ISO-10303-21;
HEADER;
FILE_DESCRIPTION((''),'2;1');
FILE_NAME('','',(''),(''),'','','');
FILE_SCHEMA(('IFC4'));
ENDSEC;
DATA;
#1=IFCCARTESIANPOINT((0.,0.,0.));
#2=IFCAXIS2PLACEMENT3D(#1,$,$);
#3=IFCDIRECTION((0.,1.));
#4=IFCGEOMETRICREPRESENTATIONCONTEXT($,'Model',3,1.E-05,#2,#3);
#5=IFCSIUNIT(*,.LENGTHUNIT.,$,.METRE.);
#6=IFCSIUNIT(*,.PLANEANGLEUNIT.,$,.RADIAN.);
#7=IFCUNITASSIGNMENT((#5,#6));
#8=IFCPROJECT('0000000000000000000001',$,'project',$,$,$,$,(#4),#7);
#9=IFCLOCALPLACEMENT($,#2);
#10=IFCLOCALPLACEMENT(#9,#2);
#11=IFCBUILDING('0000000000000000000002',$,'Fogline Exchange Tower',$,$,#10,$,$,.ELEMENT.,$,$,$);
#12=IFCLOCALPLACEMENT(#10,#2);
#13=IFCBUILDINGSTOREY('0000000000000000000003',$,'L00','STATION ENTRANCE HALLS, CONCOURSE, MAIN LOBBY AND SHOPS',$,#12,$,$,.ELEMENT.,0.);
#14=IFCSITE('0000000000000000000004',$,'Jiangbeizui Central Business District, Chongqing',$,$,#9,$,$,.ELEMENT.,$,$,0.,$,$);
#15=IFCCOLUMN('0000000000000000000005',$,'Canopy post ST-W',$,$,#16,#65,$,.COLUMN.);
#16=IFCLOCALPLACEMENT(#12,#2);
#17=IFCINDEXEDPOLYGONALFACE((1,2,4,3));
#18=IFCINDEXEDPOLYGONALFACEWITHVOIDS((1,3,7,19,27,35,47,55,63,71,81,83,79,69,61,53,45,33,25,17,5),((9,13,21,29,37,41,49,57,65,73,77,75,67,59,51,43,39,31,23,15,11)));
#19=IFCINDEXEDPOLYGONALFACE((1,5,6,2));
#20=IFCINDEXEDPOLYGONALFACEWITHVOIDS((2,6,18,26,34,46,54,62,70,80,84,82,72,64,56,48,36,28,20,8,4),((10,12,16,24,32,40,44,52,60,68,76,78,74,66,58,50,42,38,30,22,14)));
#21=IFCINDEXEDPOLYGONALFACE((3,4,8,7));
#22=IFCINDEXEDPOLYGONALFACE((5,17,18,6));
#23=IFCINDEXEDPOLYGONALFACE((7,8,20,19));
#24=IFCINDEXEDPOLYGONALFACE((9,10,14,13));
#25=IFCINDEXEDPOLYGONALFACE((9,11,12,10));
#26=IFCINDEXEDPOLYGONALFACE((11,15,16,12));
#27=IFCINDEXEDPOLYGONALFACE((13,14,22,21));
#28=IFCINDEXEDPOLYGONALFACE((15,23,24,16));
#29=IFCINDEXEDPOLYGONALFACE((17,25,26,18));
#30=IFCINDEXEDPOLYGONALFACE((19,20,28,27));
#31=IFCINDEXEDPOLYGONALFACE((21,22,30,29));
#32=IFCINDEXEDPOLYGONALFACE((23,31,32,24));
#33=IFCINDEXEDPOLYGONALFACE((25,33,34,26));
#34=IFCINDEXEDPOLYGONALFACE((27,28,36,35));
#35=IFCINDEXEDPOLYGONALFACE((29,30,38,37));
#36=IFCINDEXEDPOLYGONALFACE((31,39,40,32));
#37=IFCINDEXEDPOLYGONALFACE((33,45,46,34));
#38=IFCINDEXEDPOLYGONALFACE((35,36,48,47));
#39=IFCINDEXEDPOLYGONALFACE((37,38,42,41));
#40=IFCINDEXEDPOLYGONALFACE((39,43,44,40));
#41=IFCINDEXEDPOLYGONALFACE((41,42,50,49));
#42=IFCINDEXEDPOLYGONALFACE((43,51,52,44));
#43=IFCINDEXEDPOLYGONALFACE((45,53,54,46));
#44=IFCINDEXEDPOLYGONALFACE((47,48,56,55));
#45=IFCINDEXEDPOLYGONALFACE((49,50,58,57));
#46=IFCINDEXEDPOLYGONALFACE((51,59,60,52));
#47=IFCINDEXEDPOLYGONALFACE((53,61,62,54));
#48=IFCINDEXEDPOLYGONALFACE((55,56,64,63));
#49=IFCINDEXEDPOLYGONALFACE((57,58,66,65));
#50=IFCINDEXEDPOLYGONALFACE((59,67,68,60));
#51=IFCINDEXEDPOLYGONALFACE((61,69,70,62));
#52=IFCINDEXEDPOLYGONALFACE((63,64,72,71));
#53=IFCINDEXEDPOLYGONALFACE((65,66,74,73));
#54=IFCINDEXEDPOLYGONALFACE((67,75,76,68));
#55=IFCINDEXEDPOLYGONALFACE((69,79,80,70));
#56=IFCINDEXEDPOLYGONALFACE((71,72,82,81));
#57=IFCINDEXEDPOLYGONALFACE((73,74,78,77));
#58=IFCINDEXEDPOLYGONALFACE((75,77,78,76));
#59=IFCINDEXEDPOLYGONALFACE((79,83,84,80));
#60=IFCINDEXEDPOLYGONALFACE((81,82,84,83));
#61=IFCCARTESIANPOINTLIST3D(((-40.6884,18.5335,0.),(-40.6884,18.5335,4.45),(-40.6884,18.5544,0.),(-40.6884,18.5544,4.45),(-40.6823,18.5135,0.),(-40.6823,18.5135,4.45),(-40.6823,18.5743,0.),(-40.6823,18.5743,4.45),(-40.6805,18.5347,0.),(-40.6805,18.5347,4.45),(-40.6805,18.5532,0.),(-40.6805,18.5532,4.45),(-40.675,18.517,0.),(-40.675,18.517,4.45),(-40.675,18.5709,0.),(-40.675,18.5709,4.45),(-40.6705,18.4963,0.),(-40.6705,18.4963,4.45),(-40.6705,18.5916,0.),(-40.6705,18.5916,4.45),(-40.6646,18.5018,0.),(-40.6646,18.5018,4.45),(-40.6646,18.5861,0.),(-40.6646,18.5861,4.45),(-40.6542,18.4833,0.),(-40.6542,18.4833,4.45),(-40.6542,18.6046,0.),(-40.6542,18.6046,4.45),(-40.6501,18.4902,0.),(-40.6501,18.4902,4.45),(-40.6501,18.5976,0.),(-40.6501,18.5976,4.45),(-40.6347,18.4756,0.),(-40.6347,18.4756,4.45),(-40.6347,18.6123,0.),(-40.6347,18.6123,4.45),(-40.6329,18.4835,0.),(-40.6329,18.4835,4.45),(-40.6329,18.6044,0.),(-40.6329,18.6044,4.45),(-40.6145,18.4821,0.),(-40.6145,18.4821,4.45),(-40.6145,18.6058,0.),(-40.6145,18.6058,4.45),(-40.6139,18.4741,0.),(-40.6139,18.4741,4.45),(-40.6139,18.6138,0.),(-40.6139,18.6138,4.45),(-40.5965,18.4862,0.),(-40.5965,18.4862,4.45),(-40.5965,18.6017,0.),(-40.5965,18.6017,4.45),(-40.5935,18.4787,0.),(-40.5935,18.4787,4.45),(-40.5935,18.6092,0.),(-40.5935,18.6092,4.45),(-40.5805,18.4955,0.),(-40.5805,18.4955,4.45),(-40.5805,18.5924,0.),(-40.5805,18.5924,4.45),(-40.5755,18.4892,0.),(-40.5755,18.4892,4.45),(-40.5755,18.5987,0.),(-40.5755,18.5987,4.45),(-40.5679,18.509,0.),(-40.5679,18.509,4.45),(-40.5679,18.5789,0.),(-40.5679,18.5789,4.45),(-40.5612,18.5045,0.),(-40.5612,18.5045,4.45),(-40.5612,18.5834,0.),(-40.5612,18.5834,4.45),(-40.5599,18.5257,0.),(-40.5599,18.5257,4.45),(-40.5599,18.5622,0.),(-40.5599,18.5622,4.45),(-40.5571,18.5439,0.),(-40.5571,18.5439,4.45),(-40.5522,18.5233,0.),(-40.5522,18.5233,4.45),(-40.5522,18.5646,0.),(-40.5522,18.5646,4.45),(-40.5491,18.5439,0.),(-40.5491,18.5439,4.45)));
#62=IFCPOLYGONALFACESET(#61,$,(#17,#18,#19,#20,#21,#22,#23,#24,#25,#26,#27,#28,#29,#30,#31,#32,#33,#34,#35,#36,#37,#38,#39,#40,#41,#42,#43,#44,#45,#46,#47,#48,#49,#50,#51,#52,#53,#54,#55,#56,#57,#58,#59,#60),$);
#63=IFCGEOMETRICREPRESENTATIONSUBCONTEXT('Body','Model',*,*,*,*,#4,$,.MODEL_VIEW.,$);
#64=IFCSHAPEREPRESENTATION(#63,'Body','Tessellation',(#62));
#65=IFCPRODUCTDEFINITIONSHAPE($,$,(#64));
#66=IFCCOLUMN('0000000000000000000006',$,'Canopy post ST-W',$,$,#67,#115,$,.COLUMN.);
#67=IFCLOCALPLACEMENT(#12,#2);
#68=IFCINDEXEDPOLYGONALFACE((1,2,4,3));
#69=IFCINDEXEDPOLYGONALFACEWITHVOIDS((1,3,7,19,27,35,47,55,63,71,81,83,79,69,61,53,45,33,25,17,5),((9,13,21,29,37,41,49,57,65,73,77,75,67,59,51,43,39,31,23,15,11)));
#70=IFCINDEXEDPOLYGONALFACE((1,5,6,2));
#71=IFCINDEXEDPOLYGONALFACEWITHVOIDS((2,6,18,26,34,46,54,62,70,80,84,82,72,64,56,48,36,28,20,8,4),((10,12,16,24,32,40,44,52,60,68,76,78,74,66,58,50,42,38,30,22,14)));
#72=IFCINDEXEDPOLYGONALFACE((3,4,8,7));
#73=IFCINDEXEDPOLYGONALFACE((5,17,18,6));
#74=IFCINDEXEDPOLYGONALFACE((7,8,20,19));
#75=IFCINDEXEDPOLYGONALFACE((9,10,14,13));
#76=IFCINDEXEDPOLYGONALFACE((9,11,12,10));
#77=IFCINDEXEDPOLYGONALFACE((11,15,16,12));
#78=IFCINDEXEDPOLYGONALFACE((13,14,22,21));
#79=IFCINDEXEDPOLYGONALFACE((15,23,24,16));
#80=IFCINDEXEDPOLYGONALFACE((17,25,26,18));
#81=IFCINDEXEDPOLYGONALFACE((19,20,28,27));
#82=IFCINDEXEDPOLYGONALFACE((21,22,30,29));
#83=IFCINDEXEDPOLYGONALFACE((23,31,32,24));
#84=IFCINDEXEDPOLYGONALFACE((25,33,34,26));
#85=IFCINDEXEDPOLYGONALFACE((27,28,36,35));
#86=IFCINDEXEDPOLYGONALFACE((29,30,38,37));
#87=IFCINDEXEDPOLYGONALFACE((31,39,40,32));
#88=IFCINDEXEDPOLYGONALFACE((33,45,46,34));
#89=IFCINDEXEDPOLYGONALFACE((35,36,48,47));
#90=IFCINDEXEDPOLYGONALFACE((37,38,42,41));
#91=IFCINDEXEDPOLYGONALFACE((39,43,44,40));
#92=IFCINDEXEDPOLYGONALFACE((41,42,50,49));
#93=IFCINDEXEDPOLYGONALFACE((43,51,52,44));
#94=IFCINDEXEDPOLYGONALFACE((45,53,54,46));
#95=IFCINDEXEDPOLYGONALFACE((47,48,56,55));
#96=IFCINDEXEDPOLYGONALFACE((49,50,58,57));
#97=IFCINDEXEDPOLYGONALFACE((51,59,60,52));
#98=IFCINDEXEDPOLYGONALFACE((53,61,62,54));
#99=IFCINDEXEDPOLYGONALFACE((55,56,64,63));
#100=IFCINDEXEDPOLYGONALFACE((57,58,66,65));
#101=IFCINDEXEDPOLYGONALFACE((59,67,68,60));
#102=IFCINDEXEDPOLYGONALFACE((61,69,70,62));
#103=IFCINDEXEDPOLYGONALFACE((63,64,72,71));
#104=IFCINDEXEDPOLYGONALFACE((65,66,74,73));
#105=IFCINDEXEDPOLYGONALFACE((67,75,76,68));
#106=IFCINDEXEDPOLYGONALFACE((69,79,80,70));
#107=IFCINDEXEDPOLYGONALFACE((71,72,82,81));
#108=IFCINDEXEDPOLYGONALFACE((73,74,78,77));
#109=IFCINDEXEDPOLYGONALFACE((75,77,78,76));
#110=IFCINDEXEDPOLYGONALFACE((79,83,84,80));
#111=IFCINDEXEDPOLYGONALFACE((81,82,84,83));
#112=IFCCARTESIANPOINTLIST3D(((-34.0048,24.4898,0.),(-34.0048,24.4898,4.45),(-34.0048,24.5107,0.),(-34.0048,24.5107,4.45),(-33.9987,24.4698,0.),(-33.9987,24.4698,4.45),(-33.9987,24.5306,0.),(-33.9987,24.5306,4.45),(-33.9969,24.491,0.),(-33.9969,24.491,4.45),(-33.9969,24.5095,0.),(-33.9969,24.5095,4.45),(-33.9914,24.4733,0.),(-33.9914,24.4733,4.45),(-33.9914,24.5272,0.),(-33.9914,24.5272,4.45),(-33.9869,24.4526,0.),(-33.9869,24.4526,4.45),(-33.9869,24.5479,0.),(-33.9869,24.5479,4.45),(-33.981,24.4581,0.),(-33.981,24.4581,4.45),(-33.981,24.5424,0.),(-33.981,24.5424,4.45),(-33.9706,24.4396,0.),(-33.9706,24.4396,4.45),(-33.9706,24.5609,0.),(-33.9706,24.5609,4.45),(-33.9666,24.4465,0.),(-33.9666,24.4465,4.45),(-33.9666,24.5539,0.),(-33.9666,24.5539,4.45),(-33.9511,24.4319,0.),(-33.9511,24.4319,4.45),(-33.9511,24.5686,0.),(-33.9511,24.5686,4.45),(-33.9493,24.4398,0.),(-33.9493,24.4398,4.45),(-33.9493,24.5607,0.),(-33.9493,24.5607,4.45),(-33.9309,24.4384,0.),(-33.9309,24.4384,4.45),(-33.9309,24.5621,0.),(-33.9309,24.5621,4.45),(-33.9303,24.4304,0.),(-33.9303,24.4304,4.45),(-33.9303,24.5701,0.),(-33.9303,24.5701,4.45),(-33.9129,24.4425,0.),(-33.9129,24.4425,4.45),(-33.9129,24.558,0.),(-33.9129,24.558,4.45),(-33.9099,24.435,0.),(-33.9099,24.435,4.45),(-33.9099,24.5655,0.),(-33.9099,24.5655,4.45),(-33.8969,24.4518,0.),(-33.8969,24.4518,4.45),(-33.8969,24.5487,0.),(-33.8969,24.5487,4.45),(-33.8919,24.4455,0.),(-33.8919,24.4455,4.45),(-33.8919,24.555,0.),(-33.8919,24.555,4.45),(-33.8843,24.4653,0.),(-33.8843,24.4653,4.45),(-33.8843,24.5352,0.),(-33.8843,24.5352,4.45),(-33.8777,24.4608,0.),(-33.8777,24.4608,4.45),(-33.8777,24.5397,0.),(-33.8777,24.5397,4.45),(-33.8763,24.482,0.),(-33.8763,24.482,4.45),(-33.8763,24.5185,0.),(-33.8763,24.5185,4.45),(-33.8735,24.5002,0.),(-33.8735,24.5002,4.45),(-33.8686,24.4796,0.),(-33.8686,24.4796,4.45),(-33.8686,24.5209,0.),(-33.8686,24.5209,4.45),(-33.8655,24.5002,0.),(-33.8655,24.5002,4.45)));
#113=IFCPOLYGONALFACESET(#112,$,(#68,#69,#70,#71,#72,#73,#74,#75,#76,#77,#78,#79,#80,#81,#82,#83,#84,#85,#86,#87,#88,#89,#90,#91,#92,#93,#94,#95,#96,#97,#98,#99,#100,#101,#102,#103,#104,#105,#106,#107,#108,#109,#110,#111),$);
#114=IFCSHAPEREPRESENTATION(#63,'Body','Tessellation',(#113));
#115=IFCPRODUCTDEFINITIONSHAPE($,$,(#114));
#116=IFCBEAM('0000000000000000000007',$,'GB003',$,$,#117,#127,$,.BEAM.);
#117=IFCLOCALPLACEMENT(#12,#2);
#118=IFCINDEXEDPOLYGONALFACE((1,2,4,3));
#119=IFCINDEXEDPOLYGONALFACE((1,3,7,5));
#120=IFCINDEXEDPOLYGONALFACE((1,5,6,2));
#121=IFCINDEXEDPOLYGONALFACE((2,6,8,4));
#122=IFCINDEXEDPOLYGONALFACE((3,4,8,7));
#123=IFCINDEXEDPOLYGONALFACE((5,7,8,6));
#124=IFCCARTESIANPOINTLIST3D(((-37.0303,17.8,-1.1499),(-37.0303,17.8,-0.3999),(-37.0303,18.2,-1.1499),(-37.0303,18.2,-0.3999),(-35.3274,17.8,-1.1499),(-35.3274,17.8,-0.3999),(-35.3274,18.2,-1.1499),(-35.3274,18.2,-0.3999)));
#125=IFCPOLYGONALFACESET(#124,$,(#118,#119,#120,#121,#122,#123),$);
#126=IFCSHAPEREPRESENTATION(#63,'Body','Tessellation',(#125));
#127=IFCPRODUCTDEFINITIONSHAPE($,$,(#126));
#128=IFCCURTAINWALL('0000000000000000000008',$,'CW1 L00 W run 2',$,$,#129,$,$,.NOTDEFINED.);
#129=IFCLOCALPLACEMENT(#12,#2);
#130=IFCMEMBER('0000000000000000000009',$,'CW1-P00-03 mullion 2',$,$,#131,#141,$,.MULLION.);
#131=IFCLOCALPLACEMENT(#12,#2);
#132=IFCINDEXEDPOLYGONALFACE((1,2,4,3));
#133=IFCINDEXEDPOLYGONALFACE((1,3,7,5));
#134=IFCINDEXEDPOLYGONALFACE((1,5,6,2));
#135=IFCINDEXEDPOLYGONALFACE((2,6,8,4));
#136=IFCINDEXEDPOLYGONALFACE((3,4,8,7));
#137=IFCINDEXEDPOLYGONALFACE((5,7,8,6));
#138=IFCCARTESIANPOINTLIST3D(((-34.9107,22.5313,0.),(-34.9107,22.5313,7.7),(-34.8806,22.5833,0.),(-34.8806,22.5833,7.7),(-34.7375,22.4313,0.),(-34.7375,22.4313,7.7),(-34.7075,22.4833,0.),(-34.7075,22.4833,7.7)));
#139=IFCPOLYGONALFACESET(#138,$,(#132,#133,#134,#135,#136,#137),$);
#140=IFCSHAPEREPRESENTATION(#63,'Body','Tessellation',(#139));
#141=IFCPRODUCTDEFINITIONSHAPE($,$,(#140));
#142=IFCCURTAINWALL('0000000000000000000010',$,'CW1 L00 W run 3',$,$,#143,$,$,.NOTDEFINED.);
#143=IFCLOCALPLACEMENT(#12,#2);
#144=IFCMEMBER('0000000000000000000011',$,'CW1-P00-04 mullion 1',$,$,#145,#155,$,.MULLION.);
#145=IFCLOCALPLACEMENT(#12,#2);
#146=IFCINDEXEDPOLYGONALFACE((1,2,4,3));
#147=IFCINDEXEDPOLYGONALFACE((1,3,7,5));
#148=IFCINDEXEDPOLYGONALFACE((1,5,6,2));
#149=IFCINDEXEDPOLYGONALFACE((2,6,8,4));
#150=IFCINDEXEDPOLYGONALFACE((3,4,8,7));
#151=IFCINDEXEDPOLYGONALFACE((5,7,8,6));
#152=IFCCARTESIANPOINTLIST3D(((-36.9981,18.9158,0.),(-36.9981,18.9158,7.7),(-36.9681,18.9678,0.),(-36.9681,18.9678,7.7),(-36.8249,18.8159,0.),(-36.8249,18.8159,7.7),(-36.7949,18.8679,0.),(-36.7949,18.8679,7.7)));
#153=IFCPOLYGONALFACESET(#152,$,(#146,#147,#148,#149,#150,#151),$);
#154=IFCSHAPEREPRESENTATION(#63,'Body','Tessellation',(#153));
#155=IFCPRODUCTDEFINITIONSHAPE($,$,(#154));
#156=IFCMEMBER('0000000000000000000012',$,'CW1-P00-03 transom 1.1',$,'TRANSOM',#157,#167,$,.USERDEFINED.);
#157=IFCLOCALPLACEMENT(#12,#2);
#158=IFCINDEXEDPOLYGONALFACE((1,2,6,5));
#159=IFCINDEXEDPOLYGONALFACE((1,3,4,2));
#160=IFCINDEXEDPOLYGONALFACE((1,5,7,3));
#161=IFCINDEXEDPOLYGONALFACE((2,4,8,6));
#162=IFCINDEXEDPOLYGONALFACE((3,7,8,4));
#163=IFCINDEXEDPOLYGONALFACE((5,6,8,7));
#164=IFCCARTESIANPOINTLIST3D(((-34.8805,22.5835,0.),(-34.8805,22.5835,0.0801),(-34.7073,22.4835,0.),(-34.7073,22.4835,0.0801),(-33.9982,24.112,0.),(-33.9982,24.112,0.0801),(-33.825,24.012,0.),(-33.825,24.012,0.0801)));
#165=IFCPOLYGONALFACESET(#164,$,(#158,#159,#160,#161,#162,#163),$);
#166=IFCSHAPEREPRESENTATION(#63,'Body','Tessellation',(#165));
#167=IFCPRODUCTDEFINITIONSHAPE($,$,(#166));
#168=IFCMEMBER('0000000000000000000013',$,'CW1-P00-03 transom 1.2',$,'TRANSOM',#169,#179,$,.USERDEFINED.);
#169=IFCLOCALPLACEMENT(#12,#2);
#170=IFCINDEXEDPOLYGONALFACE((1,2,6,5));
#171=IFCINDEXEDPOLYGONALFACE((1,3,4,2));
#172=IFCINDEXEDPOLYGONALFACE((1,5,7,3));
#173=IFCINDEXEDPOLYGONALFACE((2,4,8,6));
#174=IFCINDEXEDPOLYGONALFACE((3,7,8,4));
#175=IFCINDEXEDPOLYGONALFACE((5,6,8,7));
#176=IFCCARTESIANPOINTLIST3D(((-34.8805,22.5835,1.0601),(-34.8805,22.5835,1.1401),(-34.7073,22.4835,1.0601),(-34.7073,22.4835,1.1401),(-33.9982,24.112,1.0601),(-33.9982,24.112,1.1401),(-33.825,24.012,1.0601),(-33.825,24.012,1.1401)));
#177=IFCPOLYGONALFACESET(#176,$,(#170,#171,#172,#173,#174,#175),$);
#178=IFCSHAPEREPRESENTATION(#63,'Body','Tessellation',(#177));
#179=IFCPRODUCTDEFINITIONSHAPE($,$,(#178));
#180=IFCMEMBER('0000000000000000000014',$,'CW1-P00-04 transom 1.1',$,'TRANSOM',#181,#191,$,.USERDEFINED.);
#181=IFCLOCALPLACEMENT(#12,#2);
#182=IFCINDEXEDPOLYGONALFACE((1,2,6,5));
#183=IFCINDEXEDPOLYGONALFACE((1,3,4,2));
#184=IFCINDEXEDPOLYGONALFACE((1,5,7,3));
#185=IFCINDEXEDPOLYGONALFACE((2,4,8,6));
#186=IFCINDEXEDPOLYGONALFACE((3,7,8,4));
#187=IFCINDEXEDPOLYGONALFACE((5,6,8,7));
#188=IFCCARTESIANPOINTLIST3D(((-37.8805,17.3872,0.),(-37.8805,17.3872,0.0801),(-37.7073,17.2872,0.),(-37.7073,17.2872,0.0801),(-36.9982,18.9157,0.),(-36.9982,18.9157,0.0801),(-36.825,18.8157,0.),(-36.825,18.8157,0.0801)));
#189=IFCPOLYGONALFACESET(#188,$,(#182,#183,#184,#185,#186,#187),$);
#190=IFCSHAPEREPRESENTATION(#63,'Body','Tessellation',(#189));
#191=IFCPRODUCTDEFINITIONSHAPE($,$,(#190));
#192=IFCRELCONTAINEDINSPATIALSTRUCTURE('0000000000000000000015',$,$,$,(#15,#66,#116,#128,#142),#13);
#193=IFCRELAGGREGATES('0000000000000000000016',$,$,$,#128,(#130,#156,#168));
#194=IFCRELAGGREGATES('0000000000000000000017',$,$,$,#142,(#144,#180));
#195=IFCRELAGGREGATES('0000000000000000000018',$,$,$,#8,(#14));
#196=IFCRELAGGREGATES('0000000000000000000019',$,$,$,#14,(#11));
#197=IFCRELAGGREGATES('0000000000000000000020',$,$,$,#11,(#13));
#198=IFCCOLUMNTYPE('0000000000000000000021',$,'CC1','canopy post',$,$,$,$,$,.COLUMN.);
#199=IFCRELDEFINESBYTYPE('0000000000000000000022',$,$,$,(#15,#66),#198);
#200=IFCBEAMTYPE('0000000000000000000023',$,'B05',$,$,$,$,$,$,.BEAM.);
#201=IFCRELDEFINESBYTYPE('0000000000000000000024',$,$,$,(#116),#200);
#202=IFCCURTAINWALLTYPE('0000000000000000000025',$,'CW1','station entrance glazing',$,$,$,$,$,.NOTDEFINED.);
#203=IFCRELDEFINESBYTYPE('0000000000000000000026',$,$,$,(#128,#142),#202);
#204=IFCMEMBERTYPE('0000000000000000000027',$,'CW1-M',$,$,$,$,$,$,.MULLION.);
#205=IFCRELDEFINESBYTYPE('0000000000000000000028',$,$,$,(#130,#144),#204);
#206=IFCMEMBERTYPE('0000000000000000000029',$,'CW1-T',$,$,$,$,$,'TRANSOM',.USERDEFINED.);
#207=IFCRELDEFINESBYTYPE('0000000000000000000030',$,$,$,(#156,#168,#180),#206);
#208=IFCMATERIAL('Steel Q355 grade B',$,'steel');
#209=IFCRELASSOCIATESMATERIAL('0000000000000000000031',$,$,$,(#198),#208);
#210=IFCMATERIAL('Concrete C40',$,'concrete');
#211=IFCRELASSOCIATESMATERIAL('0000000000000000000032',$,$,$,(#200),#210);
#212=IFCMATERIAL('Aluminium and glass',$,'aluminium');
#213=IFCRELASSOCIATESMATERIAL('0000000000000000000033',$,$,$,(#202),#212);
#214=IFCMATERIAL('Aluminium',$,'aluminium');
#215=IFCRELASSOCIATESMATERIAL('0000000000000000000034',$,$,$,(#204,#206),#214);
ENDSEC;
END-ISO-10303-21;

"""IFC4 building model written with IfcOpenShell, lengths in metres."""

from ifc_helpers import new_model, si_unit, direction, frame, origin, origin_2d, place, context, subcontext, project, spatial, rectangle, hollow_circle, extrude, material, material_profile, profile_set, type_object, element, aggregate, save


model = new_model("IFC4")

# Units and contexts
model_context = context("Model", 3, precision=1e-05, world=origin(), true_north=direction((0.0, 1.0)))
body_context = subcontext(model_context, "Body", "Model", "MODEL_VIEW")
ifc_project = project(units=[si_unit("LENGTHUNIT", "METRE"), si_unit("PLANEANGLEUNIT", "RADIAN")], contexts=[model_context])

# Site, building, storey
site_placement = place(None, origin())
site = spatial("IfcSite", under=ifc_project, at=site_placement, Name="Jiangbeizui Central Business District, Chongqing", CompositionType="ELEMENT", RefElevation=0.0)
building_placement = place(site_placement, origin())
building = spatial("IfcBuilding", under=site, at=building_placement, Name="Fogline Exchange Tower", CompositionType="ELEMENT")
storey_placement = place(building_placement, origin())
storey = spatial("IfcBuildingStorey", under=building, at=storey_placement, Name="L00", Description="STATION ENTRANCE HALLS, CONCOURSE, MAIN LOBBY AND SHOPS", CompositionType="ELEMENT", Elevation=0.0)

# Columns
ifc_material_1 = material(Name="Steel Q355 grade B", Category="steel")
ifc_material_profile_1 = material_profile(ifc_material_1, hollow_circle(Radius=0.0701, WallThickness=0.0081, at=origin_2d()), Name="CHS 140x8")
ifc_profile_set_1 = profile_set([ifc_material_profile_1], Name="Steel Q355 grade B")
column_type = type_object("IfcColumnType", Name="CC1", Description="canopy post", PredefinedType="COLUMN", material=ifc_profile_set_1)
for number, where, z_axis, x_axis, name in (
    (1, (-40.6191, 18.5439, 0.0), (0.0, 0.0, 1.0), (1.0, 0.0, 0.0), "Canopy post ST-W"),
    (2, (-33.9355, 24.5002, 0.0), (0.0, 0.0, 1.0), (1.0, 0.0, 0.0), "Canopy post ST-W"),
):
    element("IfcColumn", number, at=place(storey_placement, frame(where, z_axis=z_axis, x_axis=x_axis)), inside=storey, type_object=column_type, Name=name, PredefinedType="COLUMN", context=body_context, shape_type="SweptSolid", body=[
        extrude(hollow_circle(Radius=0.0701, WallThickness=0.0081, at=origin_2d()), origin(), (0.0, 0.0, 1.0), 4.45),
    ])

# Beam
ifc_material_2 = material(Name="Concrete C40", Category="concrete")
ifc_material_profile_2 = material_profile(ifc_material_2, rectangle(XDim=0.3999, YDim=0.75, at=origin_2d()), Name="RC 400x750")
ifc_profile_set_2 = profile_set([ifc_material_profile_2], Name="Concrete C40")
beam_type = type_object("IfcBeamType", Name="B05", PredefinedType="BEAM", material=ifc_profile_set_2)
beam_placement = place(storey_placement, frame((-37.0303, 18.0, -0.7749), z_axis=(1.0, 0.0, 0.0), x_axis=(0.0, 1.0, 0.0)))
element("IfcBeam", 3, at=beam_placement, inside=storey, type_object=beam_type, Name="GB003", PredefinedType="BEAM", context=body_context, shape_type="SweptSolid", body=[
    extrude(rectangle(XDim=0.3999, YDim=0.75, at=origin_2d()), origin(), (0.0, 0.0, 1.0), 1.7029),
])

# Curtain walls, members
ifc_material_3 = material(Name="Aluminium and glass", Category="aluminium")
curtain_wall_type = type_object("IfcCurtainWallType", Name="CW1", Description="station entrance glazing", PredefinedType="NOTDEFINED", material=ifc_material_3)
curtain_wall_1_placement = place(storey_placement, origin())
curtain_wall_1 = element("IfcCurtainWall", 4, at=curtain_wall_1_placement, inside=storey, type_object=curtain_wall_type, Name="CW1 L00 W run 2", PredefinedType="NOTDEFINED")
ifc_material_4 = material(Name="Aluminium", Category="aluminium")
ifc_material_profile_3 = material_profile(ifc_material_4, rectangle(XDim=0.2, YDim=0.0601, at=origin_2d()), Name="Mullion 60x200")
ifc_profile_set_3 = profile_set([ifc_material_profile_3], Name="Aluminium")
member_type_1 = type_object("IfcMemberType", Name="CW1-M", PredefinedType="MULLION", material=ifc_profile_set_3)
member_1_placement = place(storey_placement, frame((-34.8091, 22.5073, 0.0), z_axis=(0.0, 0.0, 1.0), x_axis=(0.866024, -0.500002, 0.0)))
member_1 = element("IfcMember", 5, at=member_1_placement, type_object=member_type_1, Name="CW1-P00-03 mullion 2", PredefinedType="MULLION", context=body_context, shape_type="SweptSolid", body=[
    extrude(rectangle(XDim=0.2, YDim=0.0601, at=origin_2d()), origin(), (0.0, 0.0, 1.0), 7.7),
])
curtain_wall_2_placement = place(storey_placement, origin())
curtain_wall_2 = element("IfcCurtainWall", 6, at=curtain_wall_2_placement, inside=storey, type_object=curtain_wall_type, Name="CW1 L00 W run 3", PredefinedType="NOTDEFINED")
member_2_placement = place(storey_placement, frame((-36.8965, 18.8918, 0.0), z_axis=(0.0, 0.0, 1.0), x_axis=(0.866026, -0.5, 0.0)))
member_2 = element("IfcMember", 7, at=member_2_placement, type_object=member_type_1, Name="CW1-P00-04 mullion 1", PredefinedType="MULLION", context=body_context, shape_type="SweptSolid", body=[
    extrude(rectangle(XDim=0.2, YDim=0.0601, at=origin_2d()), origin(), (0.0, 0.0, 1.0), 7.7),
])

# Members
ifc_material_profile_4 = material_profile(ifc_material_4, rectangle(XDim=0.2, YDim=0.0801, at=origin_2d()), Name="Transom 80x200")
ifc_profile_set_4 = profile_set([ifc_material_profile_4], Name="Aluminium")
member_type_2 = type_object("IfcMemberType", Name="CW1-T", ElementType="TRANSOM", PredefinedType="USERDEFINED", material=ifc_profile_set_4)
member_3_placement = place(storey_placement, frame((-33.9116, 24.062, 0.04), z_axis=(-0.499918, -0.866073, 0.0), x_axis=(0.866073, -0.499918, 0.0)))
member_3 = element("IfcMember", 8, at=member_3_placement, type_object=member_type_2, Name="CW1-P00-03 transom 1.1", ObjectType="TRANSOM", PredefinedType="USERDEFINED", context=body_context, shape_type="SweptSolid", body=[
    extrude(rectangle(XDim=0.2, YDim=0.0801, at=origin_2d()), origin(), (0.0, 0.0, 1.0), 1.7649),
])
member_4_placement = place(storey_placement, frame((-33.9116, 24.062, 1.1001), z_axis=(-0.499918, -0.866073, 0.0), x_axis=(0.866073, -0.499918, 0.0)))
member_4 = element("IfcMember", 9, at=member_4_placement, type_object=member_type_2, Name="CW1-P00-03 transom 1.2", ObjectType="TRANSOM", PredefinedType="USERDEFINED", context=body_context, shape_type="SweptSolid", body=[
    extrude(rectangle(XDim=0.2, YDim=0.0801, at=origin_2d()), origin(), (0.0, 0.0, 1.0), 1.7649),
])
member_5_placement = place(storey_placement, frame((-36.9116, 18.8657, 0.04), z_axis=(-0.499918, -0.866073, 0.0), x_axis=(0.866073, -0.499918, 0.0)))
member_5 = element("IfcMember", 10, at=member_5_placement, type_object=member_type_2, Name="CW1-P00-04 transom 1.1", ObjectType="TRANSOM", PredefinedType="USERDEFINED", context=body_context, shape_type="SweptSolid", body=[
    extrude(rectangle(XDim=0.2, YDim=0.0801, at=origin_2d()), origin(), (0.0, 0.0, 1.0), 1.7649),
])

aggregate(curtain_wall_1, [member_1, member_3, member_4])
aggregate(curtain_wall_2, [member_2, member_5])

save(model, "model.ifc")
